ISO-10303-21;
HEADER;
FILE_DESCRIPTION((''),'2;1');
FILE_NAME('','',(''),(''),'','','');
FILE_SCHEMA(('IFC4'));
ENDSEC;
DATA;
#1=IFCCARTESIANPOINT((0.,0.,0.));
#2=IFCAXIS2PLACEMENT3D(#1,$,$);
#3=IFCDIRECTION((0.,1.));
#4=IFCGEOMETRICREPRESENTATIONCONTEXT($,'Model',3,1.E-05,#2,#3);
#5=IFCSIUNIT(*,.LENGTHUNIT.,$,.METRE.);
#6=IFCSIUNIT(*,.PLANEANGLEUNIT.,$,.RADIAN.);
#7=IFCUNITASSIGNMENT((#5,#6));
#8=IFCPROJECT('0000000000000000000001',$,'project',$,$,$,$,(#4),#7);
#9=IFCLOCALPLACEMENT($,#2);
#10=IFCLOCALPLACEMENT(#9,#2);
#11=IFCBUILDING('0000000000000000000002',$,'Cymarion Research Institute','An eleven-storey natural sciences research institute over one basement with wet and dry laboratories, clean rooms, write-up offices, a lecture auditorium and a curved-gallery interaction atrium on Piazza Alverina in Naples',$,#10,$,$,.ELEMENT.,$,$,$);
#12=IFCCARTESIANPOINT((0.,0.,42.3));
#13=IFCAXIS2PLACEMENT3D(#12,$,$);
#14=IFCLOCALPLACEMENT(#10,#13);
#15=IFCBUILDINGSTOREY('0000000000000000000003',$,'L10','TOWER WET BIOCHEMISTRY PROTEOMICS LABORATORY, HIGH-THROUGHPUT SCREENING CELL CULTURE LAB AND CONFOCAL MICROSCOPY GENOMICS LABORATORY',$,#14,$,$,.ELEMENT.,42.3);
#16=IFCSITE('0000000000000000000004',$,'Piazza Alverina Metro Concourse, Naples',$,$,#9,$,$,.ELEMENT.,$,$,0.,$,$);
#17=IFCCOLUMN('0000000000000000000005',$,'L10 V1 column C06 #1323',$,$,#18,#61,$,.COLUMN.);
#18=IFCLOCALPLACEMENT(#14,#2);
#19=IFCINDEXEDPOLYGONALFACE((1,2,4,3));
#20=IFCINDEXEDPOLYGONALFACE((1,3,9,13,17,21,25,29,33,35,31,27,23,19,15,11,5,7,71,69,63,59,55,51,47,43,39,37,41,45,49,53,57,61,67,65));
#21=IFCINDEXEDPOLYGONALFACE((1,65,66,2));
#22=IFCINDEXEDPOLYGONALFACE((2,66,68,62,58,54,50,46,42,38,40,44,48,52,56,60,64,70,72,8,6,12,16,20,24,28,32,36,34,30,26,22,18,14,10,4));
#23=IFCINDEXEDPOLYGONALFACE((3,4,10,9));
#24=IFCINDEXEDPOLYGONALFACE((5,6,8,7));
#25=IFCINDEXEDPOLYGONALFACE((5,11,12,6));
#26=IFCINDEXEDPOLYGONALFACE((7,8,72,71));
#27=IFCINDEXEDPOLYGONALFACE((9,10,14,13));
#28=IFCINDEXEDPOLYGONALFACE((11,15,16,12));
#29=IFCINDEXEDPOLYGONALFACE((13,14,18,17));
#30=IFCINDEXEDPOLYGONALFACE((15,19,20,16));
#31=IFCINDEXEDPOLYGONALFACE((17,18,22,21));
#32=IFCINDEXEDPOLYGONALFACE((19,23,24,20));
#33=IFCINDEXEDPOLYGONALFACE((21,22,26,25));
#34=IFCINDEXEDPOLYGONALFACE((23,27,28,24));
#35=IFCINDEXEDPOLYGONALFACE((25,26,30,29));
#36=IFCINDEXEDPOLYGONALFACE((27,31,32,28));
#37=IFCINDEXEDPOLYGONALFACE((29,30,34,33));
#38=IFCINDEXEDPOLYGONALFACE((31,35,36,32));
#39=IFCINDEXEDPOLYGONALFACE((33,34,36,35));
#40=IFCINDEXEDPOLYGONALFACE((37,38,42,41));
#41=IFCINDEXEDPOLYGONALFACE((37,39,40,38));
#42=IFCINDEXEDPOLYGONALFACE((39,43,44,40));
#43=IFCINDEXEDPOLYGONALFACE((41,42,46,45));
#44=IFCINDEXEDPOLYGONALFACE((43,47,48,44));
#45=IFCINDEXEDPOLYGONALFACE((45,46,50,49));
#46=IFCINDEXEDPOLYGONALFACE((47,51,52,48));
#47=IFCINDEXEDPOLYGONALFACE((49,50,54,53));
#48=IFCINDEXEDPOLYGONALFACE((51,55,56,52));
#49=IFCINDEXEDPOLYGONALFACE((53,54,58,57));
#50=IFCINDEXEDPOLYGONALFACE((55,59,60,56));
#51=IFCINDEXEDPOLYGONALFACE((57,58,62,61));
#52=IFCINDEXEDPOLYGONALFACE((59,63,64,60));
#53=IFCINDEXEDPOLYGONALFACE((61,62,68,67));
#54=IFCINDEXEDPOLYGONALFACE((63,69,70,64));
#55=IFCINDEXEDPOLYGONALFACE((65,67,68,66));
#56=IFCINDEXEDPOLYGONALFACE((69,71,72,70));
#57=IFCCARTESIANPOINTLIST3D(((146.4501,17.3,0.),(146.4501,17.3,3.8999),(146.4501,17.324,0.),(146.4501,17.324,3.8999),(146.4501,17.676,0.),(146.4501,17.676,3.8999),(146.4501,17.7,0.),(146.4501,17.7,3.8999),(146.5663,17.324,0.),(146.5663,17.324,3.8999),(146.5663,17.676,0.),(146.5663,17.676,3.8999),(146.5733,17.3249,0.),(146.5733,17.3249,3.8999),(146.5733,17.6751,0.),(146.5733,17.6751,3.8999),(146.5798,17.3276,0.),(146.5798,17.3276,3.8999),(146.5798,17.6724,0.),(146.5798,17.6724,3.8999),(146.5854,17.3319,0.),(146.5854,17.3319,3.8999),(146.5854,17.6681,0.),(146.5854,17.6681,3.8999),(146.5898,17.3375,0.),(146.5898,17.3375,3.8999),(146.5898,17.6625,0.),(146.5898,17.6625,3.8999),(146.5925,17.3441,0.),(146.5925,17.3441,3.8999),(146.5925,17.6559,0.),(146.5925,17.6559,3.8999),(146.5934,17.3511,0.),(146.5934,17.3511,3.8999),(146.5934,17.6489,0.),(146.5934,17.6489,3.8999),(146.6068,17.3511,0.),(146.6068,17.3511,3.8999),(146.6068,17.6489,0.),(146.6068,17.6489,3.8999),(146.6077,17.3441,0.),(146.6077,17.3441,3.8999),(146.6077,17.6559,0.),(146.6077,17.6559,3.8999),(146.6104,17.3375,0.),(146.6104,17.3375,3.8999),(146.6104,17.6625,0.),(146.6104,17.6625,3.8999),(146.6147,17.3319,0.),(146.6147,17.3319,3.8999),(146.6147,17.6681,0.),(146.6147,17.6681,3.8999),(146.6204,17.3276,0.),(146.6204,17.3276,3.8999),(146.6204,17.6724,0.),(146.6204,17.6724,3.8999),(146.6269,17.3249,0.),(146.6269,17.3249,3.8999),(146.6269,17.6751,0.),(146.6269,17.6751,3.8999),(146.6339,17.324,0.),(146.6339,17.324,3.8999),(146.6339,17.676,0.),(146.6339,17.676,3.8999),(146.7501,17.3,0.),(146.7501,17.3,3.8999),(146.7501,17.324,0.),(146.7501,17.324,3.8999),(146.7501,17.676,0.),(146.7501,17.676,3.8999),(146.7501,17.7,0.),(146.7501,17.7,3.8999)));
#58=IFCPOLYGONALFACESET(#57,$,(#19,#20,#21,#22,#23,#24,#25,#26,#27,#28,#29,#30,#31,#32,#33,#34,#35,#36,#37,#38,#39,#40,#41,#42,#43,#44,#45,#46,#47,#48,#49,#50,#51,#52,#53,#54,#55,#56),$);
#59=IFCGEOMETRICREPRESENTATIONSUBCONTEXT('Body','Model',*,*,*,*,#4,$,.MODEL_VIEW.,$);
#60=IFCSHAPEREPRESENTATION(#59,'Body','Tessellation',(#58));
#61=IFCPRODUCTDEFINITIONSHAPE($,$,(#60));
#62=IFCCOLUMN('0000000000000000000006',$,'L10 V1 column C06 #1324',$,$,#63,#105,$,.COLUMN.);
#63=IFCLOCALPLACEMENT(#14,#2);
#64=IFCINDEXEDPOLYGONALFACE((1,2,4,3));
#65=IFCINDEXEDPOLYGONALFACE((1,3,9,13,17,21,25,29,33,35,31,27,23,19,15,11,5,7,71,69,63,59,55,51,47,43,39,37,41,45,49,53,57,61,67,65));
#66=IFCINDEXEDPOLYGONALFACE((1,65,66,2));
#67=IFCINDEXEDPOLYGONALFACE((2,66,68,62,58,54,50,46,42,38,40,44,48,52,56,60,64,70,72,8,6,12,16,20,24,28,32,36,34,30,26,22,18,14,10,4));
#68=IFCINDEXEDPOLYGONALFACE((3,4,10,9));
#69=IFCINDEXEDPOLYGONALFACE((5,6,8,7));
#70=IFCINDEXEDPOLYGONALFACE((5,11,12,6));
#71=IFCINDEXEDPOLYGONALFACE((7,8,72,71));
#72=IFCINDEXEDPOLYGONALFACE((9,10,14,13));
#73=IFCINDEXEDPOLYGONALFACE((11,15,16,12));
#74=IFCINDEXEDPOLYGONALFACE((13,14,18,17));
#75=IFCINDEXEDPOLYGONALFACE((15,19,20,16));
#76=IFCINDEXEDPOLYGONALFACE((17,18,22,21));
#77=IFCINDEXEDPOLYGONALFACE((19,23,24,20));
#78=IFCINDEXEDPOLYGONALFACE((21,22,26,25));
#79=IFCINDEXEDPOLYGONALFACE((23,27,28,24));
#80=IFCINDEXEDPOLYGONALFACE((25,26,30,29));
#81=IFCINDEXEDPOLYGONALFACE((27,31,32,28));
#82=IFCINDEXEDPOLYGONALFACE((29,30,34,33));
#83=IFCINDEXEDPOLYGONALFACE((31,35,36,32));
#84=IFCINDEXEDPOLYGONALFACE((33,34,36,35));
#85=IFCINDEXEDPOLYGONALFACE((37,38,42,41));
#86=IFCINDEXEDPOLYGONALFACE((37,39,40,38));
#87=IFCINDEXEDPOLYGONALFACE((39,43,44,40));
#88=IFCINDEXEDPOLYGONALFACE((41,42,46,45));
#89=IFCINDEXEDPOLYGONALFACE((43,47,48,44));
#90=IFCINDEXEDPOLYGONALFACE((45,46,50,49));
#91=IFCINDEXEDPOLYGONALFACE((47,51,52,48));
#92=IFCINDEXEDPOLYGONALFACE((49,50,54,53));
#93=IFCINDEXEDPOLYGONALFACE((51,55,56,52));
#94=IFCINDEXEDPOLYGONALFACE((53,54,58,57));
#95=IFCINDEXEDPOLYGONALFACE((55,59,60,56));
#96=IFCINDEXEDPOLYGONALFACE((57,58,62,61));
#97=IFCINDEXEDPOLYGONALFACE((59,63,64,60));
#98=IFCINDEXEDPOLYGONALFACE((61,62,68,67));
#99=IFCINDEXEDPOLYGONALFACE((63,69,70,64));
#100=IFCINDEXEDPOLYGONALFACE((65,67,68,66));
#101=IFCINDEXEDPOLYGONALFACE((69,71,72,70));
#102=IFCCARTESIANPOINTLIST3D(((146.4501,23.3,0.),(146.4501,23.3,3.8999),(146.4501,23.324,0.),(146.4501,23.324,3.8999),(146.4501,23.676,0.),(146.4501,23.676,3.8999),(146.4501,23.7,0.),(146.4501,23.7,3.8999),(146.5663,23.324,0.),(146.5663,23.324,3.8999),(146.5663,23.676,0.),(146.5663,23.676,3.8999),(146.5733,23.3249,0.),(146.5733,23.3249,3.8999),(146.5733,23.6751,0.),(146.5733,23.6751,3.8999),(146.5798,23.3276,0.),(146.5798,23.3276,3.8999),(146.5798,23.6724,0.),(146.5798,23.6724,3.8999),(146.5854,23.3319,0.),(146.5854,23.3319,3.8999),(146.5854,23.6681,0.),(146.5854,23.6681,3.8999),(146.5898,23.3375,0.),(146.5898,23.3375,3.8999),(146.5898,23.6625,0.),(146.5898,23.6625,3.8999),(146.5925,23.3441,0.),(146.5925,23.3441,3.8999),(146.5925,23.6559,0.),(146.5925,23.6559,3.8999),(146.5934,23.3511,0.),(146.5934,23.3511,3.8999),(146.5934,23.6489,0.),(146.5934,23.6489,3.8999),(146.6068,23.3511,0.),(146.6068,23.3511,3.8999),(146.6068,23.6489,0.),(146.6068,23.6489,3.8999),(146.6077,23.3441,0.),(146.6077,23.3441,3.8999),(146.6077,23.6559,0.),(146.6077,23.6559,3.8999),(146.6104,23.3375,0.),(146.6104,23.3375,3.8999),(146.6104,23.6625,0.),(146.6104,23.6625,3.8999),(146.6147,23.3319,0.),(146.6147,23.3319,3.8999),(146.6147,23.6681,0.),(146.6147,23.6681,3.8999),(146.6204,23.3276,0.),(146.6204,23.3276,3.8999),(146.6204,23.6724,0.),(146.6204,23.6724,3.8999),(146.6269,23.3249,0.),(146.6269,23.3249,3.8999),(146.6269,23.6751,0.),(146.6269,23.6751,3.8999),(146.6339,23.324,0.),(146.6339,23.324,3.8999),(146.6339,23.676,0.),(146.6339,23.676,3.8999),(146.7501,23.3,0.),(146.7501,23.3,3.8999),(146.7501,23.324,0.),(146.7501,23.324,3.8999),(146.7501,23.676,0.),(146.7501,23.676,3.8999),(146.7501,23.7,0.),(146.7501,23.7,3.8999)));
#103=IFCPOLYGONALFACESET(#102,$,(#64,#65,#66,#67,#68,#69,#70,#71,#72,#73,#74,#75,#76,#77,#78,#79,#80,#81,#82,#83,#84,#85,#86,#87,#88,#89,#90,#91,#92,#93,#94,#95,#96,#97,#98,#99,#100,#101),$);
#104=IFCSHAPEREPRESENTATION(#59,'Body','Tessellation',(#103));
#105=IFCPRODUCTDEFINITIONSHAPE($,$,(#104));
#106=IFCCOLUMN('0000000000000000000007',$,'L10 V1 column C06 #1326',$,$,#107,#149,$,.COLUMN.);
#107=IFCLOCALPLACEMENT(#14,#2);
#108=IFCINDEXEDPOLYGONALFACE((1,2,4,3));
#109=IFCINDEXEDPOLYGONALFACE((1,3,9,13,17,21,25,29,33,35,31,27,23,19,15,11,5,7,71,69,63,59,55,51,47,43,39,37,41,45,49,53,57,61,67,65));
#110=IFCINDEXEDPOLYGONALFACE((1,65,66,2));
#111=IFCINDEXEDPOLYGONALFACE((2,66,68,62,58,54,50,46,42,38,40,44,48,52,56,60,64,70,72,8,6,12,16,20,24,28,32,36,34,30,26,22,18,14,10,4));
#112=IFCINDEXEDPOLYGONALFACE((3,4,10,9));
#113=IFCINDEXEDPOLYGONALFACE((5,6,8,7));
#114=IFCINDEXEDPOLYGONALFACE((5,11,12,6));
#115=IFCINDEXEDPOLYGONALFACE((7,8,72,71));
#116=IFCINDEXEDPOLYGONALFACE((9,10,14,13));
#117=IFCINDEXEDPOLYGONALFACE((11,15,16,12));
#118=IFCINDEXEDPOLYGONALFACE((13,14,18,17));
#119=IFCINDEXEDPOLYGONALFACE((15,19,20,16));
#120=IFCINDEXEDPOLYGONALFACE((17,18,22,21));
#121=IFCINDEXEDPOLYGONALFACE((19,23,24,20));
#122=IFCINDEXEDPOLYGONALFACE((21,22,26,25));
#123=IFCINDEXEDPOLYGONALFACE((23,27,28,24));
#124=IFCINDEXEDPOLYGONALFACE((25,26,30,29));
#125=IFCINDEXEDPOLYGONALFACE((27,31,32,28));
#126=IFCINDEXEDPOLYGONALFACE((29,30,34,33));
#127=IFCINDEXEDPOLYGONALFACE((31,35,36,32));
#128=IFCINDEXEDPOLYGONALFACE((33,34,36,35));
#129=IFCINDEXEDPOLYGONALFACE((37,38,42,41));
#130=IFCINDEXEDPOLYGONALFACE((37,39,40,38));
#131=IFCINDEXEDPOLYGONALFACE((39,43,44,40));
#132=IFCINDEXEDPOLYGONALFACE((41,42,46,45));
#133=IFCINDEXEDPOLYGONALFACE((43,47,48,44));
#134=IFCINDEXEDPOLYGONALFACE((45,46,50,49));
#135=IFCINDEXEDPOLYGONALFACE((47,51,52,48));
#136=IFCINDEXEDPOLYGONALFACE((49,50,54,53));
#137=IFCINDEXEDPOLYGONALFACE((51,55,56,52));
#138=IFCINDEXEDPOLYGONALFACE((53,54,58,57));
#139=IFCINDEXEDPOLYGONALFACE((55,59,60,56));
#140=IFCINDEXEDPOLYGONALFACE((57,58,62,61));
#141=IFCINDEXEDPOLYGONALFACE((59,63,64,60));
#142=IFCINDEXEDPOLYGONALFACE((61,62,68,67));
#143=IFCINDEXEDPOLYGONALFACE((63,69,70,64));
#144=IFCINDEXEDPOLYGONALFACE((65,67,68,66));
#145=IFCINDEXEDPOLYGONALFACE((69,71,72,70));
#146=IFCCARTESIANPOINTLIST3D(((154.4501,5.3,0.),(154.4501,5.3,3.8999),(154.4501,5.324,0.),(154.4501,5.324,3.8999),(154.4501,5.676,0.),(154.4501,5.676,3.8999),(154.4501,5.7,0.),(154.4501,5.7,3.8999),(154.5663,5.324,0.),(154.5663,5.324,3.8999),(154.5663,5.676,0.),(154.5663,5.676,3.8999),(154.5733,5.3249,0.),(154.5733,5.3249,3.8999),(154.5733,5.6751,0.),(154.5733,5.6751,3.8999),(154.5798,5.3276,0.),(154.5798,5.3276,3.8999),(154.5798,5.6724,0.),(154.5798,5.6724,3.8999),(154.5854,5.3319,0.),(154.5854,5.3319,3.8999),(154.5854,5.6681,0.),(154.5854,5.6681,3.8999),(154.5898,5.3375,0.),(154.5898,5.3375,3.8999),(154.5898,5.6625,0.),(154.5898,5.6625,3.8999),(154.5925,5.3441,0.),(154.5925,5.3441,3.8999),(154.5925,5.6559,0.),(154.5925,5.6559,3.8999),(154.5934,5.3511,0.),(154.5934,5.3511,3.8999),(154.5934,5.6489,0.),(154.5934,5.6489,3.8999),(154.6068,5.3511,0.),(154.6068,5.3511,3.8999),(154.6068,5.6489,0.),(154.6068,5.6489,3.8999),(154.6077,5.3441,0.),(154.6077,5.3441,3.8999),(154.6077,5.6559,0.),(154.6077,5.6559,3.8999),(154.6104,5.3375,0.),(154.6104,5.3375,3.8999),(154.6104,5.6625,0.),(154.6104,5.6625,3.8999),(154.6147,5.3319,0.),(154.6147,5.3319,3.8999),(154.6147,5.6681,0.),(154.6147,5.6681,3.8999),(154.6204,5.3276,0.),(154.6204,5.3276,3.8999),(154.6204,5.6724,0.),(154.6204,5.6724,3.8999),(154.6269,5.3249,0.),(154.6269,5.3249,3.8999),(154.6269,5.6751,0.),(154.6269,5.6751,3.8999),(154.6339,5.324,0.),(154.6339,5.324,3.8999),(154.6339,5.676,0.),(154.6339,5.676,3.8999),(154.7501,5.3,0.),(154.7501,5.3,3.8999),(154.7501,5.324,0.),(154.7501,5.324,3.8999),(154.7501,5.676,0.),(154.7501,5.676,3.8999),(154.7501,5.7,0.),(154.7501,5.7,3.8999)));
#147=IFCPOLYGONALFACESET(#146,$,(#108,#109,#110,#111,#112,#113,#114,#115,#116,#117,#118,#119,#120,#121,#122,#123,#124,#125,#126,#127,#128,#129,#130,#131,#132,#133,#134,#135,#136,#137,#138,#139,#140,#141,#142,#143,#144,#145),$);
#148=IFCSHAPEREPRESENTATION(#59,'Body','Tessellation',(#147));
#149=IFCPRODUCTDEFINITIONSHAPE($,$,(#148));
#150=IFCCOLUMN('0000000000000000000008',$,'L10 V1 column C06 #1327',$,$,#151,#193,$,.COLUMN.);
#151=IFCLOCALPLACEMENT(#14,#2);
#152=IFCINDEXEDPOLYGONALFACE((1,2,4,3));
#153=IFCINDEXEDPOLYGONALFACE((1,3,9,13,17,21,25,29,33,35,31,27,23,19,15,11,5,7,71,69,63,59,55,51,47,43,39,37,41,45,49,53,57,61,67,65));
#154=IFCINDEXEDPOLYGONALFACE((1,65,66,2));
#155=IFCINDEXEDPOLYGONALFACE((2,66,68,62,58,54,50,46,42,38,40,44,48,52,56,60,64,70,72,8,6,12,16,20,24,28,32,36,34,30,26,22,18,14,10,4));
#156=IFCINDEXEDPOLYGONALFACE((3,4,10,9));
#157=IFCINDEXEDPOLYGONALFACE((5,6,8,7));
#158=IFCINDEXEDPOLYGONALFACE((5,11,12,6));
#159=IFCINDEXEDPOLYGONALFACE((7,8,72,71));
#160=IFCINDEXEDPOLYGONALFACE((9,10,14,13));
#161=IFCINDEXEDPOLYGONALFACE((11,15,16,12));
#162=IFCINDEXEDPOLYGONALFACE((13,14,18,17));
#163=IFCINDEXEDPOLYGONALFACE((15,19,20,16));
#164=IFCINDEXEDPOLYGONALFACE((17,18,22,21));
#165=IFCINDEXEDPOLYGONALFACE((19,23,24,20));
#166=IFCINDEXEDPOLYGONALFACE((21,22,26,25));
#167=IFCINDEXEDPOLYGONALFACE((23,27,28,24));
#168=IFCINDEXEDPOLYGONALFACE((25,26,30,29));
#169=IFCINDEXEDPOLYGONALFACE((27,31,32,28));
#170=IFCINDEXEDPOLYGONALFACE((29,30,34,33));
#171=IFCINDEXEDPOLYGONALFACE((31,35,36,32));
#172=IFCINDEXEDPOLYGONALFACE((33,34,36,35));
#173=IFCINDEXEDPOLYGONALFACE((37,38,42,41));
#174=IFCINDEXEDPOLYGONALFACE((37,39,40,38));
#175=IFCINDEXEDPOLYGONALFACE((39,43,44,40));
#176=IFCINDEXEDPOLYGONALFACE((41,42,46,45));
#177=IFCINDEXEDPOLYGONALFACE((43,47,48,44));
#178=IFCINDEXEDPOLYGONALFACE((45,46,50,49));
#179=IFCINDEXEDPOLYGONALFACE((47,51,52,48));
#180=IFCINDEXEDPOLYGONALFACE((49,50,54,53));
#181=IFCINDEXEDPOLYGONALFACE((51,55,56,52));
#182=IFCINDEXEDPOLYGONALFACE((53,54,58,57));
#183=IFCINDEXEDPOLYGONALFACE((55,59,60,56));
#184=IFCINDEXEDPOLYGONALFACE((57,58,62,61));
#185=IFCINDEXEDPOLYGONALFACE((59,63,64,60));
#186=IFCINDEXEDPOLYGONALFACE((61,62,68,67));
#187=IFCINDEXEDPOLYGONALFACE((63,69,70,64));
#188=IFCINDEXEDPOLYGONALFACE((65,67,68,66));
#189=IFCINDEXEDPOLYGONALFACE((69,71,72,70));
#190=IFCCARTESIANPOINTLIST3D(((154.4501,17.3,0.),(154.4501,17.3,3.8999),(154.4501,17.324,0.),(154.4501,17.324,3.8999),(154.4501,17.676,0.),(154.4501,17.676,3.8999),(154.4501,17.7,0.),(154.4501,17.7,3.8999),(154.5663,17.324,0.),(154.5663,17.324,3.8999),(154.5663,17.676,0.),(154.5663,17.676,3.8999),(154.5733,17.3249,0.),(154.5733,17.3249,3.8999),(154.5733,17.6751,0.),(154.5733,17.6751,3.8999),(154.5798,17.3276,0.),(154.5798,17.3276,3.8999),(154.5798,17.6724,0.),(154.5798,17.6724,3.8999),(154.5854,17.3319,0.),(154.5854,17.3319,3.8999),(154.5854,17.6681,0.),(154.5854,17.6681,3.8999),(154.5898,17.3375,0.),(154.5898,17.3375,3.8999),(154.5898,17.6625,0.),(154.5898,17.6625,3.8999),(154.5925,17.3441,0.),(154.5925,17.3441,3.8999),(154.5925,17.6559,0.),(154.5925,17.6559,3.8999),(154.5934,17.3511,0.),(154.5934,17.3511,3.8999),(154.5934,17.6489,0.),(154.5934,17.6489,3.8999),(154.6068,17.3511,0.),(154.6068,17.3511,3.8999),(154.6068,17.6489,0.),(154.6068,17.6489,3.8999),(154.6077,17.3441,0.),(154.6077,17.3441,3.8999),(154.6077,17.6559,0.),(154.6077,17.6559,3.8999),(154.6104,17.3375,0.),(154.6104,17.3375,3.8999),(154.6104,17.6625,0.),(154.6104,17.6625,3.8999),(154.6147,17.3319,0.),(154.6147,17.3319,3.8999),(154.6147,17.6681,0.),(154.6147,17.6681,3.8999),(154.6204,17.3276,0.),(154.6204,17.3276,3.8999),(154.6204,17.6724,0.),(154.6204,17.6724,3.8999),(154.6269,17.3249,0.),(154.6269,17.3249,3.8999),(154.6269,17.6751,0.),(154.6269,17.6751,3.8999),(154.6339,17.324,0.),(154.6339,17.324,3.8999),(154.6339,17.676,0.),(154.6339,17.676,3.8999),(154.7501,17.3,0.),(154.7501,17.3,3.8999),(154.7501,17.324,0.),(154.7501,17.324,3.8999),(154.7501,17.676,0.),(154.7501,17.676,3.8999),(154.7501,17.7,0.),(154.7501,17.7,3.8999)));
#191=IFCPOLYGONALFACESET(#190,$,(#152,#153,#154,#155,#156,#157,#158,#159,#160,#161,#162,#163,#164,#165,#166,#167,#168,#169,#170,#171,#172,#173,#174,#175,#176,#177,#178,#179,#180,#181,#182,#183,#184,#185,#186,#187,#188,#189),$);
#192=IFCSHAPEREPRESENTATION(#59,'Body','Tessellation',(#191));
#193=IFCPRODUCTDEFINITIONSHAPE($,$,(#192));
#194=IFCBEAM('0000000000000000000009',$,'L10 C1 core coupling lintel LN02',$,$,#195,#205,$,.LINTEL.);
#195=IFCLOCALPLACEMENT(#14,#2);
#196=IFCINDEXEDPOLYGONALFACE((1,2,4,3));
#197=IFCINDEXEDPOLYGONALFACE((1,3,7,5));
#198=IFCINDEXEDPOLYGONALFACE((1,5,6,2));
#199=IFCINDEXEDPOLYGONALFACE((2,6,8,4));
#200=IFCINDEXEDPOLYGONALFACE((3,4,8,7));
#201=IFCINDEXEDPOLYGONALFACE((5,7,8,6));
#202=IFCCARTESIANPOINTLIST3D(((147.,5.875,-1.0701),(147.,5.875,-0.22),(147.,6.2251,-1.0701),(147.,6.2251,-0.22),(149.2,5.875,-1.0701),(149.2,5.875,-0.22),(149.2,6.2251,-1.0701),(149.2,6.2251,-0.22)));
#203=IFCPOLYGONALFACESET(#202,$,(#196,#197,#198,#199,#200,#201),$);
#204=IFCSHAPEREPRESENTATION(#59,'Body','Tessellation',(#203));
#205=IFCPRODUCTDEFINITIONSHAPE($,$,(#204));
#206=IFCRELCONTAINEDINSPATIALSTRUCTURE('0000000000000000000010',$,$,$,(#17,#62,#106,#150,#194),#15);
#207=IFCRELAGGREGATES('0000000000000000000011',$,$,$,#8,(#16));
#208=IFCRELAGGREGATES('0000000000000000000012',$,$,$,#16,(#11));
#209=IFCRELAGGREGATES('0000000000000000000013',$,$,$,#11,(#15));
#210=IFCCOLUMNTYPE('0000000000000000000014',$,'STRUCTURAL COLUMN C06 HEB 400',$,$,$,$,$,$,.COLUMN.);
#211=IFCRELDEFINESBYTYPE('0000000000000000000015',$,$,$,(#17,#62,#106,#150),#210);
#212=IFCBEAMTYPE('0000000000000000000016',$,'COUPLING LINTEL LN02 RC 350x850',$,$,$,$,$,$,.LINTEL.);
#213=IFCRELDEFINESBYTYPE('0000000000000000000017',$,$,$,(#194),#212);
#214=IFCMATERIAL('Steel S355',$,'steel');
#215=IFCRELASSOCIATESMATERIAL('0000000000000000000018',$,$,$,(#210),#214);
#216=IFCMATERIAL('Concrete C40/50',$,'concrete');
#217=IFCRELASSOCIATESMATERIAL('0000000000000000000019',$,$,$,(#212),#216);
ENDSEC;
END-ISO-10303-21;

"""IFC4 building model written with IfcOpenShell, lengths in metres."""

from ifc_helpers import new_model, si_unit, direction, frame, origin, origin_2d, place, context, subcontext, project, spatial, rectangle, i_section, extrude, material, material_profile, profile_set, type_object, element, save


model = new_model("IFC4")

# Units and contexts
model_context = context("Model", 3, precision=1e-05, world=origin(), true_north=direction((0.0, 1.0)))
body_context = subcontext(model_context, "Body", "Model", "MODEL_VIEW")
ifc_project = project(units=[si_unit("LENGTHUNIT", "METRE"), si_unit("PLANEANGLEUNIT", "RADIAN")], contexts=[model_context])

# Site, building, storey
site_placement = place(None, origin())
site = spatial("IfcSite", under=ifc_project, at=site_placement, Name="Piazza Alverina Metro Concourse, Naples", CompositionType="ELEMENT", RefElevation=0.0)
building_placement = place(site_placement, origin())
building = spatial("IfcBuilding", under=site, at=building_placement, Name="Cymarion Research Institute", Description="An eleven-storey natural sciences research institute over one basement with wet and dry laboratories, clean rooms, write-up offices, a lecture auditorium and a curved-gallery interaction atrium on Piazza Alverina in Naples", CompositionType="ELEMENT")
storey_placement = place(building_placement, frame((0.0, 0.0, 42.3)))
storey = spatial("IfcBuildingStorey", under=building, at=storey_placement, Name="L10", Description="TOWER WET BIOCHEMISTRY PROTEOMICS LABORATORY, HIGH-THROUGHPUT SCREENING CELL CULTURE LAB AND CONFOCAL MICROSCOPY GENOMICS LABORATORY", CompositionType="ELEMENT", Elevation=42.3)

# Columns
ifc_material_1 = material(Name="Steel S355", Category="steel")
ifc_material_profile_1 = material_profile(ifc_material_1, i_section(OverallWidth=0.3, OverallDepth=0.3999, WebThickness=0.0134, FlangeThickness=0.0239, FilletRadius=0.0271, at=origin_2d()), Name="HEB 400")
ifc_profile_set_1 = profile_set([ifc_material_profile_1], Name="Steel S355")
column_type = type_object("IfcColumnType", Name="STRUCTURAL COLUMN C06 HEB 400", PredefinedType="COLUMN", material=ifc_profile_set_1)
for number, where, z_axis, x_axis, name in (
    (1, (146.6001, 17.5, 0.0), (0.0, 0.0, 1.0), (1.0, 0.0, 0.0), "L10 V1 column C06 #1323"),
    (2, (146.6001, 23.5, 0.0), (0.0, 0.0, 1.0), (1.0, 0.0, 0.0), "L10 V1 column C06 #1324"),
    (3, (154.6001, 5.5, 0.0), (0.0, 0.0, 1.0), (1.0, 0.0, 0.0), "L10 V1 column C06 #1326"),
    (4, (154.6001, 17.5, 0.0), (0.0, 0.0, 1.0), (1.0, 0.0, 0.0), "L10 V1 column C06 #1327"),
):
    element("IfcColumn", number, at=place(storey_placement, frame(where, z_axis=z_axis, x_axis=x_axis)), inside=storey, type_object=column_type, Name=name, PredefinedType="COLUMN", context=body_context, shape_type="SweptSolid", body=[
        extrude(i_section(OverallWidth=0.3, OverallDepth=0.3999, WebThickness=0.0134, FlangeThickness=0.0239, FilletRadius=0.0271, at=origin_2d()), origin(), (0.0, 0.0, 1.0), 3.8999),
    ])

# Beam
ifc_material_2 = material(Name="Concrete C40/50", Category="concrete")
ifc_material_profile_2 = material_profile(ifc_material_2, rectangle(XDim=0.3501, YDim=0.8501, at=origin_2d()), Name="RC 350x850")
ifc_profile_set_2 = profile_set([ifc_material_profile_2], Name="Concrete C40/50")
beam_type_1 = type_object("IfcBeamType", Name="COUPLING LINTEL LN02 RC 350x850", PredefinedType="LINTEL", material=ifc_profile_set_2)
beam_1_placement = place(storey_placement, frame((147.0, 6.05, -0.645), z_axis=(1.0, 0.0, 0.0), x_axis=(0.0, 1.0, 0.0)))
element("IfcBeam", 5, at=beam_1_placement, inside=storey, type_object=beam_type_1, Name="L10 C1 core coupling lintel LN02", PredefinedType="LINTEL", context=body_context, shape_type="SweptSolid", body=[
    extrude(rectangle(XDim=0.3501, YDim=0.8501, at=origin_2d()), origin(), (0.0, 0.0, 1.0), 2.2),
])

save(model, "model.ifc")
